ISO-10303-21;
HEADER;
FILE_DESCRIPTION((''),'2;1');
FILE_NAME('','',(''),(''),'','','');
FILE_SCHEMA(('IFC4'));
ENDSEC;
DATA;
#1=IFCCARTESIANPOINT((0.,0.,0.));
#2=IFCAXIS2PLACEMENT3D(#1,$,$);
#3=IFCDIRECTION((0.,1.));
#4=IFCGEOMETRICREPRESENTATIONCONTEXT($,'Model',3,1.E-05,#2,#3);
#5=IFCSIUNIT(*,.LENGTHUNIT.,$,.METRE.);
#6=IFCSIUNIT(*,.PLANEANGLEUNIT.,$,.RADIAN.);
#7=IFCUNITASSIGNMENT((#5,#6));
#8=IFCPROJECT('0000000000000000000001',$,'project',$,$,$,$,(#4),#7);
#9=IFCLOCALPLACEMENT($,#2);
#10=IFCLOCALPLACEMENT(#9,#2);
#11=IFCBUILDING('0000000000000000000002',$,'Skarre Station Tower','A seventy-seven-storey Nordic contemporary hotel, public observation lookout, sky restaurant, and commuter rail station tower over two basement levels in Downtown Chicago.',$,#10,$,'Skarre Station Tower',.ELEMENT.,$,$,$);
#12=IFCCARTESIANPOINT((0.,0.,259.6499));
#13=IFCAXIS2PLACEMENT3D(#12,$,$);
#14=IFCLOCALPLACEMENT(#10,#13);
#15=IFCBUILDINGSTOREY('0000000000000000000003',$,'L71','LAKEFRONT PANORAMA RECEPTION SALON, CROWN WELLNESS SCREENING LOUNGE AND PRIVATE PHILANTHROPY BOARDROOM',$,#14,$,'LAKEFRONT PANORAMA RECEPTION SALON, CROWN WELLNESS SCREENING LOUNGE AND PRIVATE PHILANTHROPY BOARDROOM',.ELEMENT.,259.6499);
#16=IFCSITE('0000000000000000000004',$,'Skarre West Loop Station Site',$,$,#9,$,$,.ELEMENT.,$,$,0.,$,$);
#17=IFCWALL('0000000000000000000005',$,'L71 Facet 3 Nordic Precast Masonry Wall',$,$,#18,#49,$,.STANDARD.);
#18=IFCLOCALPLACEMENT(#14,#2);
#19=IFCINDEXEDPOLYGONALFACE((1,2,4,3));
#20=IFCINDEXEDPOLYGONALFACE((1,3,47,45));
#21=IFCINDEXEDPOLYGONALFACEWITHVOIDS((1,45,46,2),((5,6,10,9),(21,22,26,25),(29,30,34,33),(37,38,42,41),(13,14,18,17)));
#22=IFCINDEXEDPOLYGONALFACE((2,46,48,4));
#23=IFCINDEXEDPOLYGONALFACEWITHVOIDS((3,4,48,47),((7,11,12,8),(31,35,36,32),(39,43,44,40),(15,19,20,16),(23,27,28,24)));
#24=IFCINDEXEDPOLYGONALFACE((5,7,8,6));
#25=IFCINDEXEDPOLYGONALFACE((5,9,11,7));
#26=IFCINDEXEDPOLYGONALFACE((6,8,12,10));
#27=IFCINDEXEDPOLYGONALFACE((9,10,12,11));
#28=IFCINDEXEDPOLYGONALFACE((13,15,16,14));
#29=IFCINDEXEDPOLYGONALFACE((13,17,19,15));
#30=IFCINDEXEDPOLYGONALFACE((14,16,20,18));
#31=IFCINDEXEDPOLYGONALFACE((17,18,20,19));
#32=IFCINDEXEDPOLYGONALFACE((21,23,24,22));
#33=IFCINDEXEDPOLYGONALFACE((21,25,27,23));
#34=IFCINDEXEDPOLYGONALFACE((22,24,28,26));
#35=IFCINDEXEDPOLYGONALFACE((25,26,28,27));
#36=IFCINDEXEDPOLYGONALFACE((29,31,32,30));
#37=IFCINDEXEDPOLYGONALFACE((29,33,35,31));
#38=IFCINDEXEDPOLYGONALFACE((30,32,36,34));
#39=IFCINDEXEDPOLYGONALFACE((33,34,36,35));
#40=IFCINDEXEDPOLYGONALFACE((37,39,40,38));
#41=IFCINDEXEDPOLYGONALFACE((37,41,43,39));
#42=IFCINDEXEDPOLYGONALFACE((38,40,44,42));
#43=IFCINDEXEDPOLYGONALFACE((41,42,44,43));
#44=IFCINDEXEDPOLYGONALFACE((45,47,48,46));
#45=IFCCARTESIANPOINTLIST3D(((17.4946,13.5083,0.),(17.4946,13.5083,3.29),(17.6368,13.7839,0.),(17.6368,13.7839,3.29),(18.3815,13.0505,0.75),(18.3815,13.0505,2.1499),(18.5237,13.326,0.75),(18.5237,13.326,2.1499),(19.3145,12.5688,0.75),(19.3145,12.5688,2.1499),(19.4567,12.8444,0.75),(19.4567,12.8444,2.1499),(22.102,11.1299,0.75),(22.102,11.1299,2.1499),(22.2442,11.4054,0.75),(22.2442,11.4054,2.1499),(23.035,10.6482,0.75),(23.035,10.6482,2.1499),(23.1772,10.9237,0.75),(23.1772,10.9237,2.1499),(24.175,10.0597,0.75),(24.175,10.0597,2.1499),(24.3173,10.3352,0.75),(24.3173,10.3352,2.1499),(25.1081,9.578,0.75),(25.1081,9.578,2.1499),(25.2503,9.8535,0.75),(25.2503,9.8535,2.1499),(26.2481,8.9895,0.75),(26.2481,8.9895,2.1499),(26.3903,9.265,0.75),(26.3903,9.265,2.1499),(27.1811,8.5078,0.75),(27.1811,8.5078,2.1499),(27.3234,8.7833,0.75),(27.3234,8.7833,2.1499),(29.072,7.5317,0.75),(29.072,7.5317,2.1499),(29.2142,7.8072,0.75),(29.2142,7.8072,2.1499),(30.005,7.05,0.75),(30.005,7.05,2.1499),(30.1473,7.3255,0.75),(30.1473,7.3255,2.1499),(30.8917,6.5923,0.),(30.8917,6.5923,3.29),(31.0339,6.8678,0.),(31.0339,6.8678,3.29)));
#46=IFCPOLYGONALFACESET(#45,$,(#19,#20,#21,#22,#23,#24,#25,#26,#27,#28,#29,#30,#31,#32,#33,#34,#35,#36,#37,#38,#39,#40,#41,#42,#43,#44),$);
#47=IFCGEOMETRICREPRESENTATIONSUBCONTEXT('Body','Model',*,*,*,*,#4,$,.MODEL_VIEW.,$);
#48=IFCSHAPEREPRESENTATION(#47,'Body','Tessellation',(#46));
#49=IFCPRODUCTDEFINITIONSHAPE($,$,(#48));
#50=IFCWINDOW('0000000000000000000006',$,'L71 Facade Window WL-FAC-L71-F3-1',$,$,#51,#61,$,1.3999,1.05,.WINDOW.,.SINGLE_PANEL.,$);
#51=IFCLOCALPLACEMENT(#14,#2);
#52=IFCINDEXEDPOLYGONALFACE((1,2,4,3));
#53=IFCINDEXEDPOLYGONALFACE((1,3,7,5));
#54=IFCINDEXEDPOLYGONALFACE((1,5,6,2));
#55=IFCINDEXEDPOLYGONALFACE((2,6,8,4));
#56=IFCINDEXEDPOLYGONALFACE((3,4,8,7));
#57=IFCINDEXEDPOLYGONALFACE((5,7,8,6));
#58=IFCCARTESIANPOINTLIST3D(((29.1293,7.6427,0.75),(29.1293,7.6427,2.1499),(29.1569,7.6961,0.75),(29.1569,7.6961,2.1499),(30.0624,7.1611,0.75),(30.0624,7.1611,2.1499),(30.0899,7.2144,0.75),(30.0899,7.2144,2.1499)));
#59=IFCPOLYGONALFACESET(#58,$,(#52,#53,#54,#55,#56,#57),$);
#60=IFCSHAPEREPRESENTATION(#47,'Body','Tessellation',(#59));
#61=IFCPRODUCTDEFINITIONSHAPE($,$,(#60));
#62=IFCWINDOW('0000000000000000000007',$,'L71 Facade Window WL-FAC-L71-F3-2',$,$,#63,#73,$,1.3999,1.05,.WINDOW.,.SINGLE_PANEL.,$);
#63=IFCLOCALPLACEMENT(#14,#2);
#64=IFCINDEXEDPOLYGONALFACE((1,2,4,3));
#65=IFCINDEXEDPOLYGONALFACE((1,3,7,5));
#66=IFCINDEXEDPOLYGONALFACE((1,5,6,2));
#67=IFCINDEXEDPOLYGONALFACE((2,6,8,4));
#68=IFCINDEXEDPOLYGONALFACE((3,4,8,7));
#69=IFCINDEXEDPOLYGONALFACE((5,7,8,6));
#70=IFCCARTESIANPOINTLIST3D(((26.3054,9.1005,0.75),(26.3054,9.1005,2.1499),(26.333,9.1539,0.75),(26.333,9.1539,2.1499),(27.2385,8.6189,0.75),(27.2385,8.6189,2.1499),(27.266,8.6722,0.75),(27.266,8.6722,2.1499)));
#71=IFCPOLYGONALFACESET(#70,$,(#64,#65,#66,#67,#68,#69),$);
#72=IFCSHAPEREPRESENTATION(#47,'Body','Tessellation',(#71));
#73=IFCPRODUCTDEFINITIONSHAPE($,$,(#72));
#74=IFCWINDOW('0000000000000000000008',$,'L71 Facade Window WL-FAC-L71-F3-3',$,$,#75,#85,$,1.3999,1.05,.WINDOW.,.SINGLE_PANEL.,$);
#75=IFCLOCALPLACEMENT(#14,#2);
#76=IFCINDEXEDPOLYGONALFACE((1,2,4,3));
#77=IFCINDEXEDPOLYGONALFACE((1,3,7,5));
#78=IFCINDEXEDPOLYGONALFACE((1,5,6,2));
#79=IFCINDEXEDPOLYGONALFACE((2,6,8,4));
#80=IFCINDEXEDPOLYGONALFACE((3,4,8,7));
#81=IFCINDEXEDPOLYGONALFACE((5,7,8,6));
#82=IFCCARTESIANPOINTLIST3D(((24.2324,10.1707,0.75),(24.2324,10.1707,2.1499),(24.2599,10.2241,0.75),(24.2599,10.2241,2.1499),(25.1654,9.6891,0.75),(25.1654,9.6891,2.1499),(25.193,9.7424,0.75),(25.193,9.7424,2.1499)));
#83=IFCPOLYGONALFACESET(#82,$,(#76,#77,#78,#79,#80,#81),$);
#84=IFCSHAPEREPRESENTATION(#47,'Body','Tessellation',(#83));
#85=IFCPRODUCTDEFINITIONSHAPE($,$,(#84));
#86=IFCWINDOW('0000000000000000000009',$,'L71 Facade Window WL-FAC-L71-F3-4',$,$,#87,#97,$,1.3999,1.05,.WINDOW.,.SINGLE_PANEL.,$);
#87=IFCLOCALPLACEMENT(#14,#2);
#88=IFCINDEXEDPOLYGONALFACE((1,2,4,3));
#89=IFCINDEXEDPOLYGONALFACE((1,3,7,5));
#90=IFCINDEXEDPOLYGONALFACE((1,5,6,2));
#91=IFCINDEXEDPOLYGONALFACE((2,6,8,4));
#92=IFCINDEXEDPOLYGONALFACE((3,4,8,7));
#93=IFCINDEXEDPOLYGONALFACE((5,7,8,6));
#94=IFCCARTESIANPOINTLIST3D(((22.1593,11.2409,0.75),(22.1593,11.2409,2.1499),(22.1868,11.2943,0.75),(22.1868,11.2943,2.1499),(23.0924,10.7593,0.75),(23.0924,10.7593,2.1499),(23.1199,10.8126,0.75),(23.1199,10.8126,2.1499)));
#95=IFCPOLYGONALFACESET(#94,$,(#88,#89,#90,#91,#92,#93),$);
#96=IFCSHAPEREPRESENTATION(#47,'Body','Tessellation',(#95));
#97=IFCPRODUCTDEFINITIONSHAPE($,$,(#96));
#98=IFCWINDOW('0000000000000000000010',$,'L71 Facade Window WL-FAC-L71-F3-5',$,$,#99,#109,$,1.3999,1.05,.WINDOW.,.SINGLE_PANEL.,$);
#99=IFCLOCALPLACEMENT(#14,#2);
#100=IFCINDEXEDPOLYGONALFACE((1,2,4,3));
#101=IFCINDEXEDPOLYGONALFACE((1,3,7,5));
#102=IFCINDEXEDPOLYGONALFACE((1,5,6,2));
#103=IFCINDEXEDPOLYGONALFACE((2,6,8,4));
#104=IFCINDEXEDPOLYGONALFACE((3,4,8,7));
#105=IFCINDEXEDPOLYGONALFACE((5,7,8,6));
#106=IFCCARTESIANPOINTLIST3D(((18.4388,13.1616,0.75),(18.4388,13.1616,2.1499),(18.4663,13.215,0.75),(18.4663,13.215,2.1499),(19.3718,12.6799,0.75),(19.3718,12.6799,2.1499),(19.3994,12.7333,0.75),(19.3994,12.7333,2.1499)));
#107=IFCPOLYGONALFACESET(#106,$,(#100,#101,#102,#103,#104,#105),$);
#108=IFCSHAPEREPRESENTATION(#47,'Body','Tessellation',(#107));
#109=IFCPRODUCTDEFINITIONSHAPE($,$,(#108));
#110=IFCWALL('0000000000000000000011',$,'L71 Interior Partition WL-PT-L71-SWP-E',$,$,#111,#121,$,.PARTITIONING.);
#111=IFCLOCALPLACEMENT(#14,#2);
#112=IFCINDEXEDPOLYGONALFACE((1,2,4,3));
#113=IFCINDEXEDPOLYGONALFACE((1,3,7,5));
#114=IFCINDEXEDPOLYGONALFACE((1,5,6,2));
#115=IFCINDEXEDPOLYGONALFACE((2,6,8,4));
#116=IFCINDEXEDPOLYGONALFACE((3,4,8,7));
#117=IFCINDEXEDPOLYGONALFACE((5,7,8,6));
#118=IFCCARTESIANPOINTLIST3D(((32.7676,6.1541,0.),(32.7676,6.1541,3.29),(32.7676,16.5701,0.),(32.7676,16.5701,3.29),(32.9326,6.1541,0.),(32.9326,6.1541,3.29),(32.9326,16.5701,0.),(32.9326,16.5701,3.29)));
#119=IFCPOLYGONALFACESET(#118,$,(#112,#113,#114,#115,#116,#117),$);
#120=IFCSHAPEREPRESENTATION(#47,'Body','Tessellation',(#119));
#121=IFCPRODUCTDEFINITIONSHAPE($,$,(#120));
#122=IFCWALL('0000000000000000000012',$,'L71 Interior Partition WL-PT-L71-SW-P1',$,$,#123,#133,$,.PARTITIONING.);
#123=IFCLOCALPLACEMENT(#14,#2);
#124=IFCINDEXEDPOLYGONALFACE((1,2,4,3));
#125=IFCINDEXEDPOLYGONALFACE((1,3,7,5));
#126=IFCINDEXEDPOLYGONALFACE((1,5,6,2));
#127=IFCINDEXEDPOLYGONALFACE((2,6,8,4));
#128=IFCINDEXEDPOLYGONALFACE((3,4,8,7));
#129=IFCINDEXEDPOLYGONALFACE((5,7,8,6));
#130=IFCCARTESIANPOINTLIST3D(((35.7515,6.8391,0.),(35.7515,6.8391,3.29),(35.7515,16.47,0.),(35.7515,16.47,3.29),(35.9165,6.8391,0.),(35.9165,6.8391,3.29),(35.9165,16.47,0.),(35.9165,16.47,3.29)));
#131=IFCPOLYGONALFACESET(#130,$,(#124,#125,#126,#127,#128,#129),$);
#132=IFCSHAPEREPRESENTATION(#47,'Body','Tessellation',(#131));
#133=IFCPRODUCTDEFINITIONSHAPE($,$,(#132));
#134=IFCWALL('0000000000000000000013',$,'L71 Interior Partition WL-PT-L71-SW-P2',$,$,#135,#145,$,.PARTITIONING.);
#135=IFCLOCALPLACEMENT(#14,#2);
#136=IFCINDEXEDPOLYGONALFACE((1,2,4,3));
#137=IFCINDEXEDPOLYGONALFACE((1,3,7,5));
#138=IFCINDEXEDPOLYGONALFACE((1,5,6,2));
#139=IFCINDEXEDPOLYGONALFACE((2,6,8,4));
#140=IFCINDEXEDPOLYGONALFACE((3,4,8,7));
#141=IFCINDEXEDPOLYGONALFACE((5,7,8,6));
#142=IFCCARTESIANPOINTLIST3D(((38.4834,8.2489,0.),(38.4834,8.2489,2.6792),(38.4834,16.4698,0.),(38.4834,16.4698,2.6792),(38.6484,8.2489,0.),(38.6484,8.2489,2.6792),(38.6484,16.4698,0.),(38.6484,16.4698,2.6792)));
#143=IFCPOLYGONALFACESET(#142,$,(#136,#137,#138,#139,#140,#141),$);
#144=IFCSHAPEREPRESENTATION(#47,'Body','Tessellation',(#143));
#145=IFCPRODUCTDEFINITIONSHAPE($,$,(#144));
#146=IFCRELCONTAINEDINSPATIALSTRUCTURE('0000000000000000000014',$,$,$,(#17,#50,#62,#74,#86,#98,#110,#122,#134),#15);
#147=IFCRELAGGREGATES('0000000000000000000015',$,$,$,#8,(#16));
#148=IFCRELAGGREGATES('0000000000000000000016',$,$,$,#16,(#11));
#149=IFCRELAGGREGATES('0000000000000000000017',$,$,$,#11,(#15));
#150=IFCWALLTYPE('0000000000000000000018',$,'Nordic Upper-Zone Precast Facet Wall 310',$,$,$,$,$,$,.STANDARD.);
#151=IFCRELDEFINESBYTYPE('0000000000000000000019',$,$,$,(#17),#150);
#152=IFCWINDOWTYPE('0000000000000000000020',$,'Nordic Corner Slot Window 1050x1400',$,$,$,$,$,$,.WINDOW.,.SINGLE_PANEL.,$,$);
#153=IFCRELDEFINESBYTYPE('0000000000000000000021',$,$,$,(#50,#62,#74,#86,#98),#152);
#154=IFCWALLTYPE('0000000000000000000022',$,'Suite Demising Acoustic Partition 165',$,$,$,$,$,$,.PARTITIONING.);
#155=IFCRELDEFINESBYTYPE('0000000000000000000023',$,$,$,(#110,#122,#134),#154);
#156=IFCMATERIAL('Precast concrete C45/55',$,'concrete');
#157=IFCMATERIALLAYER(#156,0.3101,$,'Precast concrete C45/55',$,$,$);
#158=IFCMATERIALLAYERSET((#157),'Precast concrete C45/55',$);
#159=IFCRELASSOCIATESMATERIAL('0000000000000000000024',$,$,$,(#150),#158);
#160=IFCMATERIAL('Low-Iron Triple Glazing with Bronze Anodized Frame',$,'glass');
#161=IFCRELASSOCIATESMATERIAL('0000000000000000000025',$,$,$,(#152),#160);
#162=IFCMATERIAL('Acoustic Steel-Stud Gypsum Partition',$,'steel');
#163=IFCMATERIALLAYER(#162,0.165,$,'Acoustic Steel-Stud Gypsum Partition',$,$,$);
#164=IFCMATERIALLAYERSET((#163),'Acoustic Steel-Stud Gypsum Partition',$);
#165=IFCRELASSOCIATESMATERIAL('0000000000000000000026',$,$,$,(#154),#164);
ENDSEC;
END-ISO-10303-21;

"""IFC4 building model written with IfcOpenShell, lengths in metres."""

from ifc_helpers import new_model, si_unit, direction, frame, frame_2d, origin, place, context, subcontext, project, spatial, rectangle, extrude, material, layer, layer_set, type_object, element, fill, save


model = new_model("IFC4")

# Units and contexts
model_context = context("Model", 3, precision=1e-05, world=origin(), true_north=direction((0.0, 1.0)))
body_context = subcontext(model_context, "Body", "Model", "MODEL_VIEW")
ifc_project = project(units=[si_unit("LENGTHUNIT", "METRE"), si_unit("PLANEANGLEUNIT", "RADIAN")], contexts=[model_context])

# Site, building, storey
site_placement = place(None, origin())
site = spatial("IfcSite", under=ifc_project, at=site_placement, Name="Skarre West Loop Station Site", CompositionType="ELEMENT", RefElevation=0.0)
building_placement = place(site_placement, origin())
building = spatial("IfcBuilding", under=site, at=building_placement, Name="Skarre Station Tower", Description="A seventy-seven-storey Nordic contemporary hotel, public observation lookout, sky restaurant, and commuter rail station tower over two basement levels in Downtown Chicago.", LongName="Skarre Station Tower", CompositionType="ELEMENT")
storey_placement = place(building_placement, frame((0.0, 0.0, 259.6499)))
storey = spatial("IfcBuildingStorey", under=building, at=storey_placement, Name="L71", Description="LAKEFRONT PANORAMA RECEPTION SALON, CROWN WELLNESS SCREENING LOUNGE AND PRIVATE PHILANTHROPY BOARDROOM", LongName="LAKEFRONT PANORAMA RECEPTION SALON, CROWN WELLNESS SCREENING LOUNGE AND PRIVATE PHILANTHROPY BOARDROOM", CompositionType="ELEMENT", Elevation=259.6499)

# Shared definitions
ifc_material_1 = material(Name="Precast concrete C45/55", Category="concrete")

# Wall, openings, windows
ifc_layer_1 = layer(ifc_material_1, 0.3101, Name="Precast concrete C45/55")
ifc_layer_set_1 = layer_set([ifc_layer_1], Name="Precast concrete C45/55")
wall_type_1 = type_object("IfcWallType", Name="Nordic Upper-Zone Precast Facet Wall 310", PredefinedType="STANDARD", material=ifc_layer_set_1)
wall_1_placement = place(storey_placement, frame((30.9629, 6.73, 0.0), z_axis=(0.0, 0.0, 1.0), x_axis=(-0.888581, 0.458719, 0.0)))
wall_1 = element("IfcWall", 1, at=wall_1_placement, inside=storey, type_object=wall_type_1, Name="L71 Facet 3 Nordic Precast Masonry Wall", PredefinedType="STANDARD", context=body_context, shape_type="SweptSolid", body=[
    extrude(rectangle(XDim=15.0769, YDim=0.3101, at=frame_2d((7.5386, 0.0))), origin(), (0.0, 0.0, 1.0), 3.29),
])
opening_1_placement = place(wall_1_placement, frame((0.998, 0.0, 0.75)))
opening_1 = element("IfcOpeningElement", 2, at=opening_1_placement, cuts=wall_1, PredefinedType="OPENING", context=body_context, shape_type="SweptSolid", body=[
    extrude(rectangle(XDim=1.05, YDim=1.3999, at=frame_2d((0.5249, 0.7))), frame((0.0, 0.165, 0.0), z_axis=(0.0, -1.0, 0.0), x_axis=(1.0, 0.0, 0.0)), (0.0, 0.0, 1.0), 0.3301),
])
opening_2_placement = place(wall_1_placement, frame((4.176, 0.0, 0.75)))
opening_2 = element("IfcOpeningElement", 3, at=opening_2_placement, cuts=wall_1, PredefinedType="OPENING", context=body_context, shape_type="SweptSolid", body=[
    extrude(rectangle(XDim=1.05, YDim=1.3999, at=frame_2d((0.5249, 0.7))), frame((0.0, 0.165, 0.0), z_axis=(0.0, -1.0, 0.0), x_axis=(1.0, 0.0, 0.0)), (0.0, 0.0, 1.0), 0.3301),
])
opening_3_placement = place(wall_1_placement, frame((6.509, 0.0, 0.75)))
opening_3 = element("IfcOpeningElement", 4, at=opening_3_placement, cuts=wall_1, PredefinedType="OPENING", context=body_context, shape_type="SweptSolid", body=[
    extrude(rectangle(XDim=1.05, YDim=1.3999, at=frame_2d((0.5249, 0.7))), frame((0.0, 0.165, 0.0), z_axis=(0.0, -1.0, 0.0), x_axis=(1.0, 0.0, 0.0)), (0.0, 0.0, 1.0), 0.3301),
])
opening_4_placement = place(wall_1_placement, frame((8.842, 0.0, 0.75)))
opening_4 = element("IfcOpeningElement", 5, at=opening_4_placement, cuts=wall_1, PredefinedType="OPENING", context=body_context, shape_type="SweptSolid", body=[
    extrude(rectangle(XDim=1.05, YDim=1.3999, at=frame_2d((0.5249, 0.7))), frame((0.0, 0.165, 0.0), z_axis=(0.0, -1.0, 0.0), x_axis=(1.0, 0.0, 0.0)), (0.0, 0.0, 1.0), 0.3301),
])
opening_5_placement = place(wall_1_placement, frame((13.0291, 0.0, 0.75)))
opening_5 = element("IfcOpeningElement", 6, at=opening_5_placement, cuts=wall_1, PredefinedType="OPENING", context=body_context, shape_type="SweptSolid", body=[
    extrude(rectangle(XDim=1.05, YDim=1.3999, at=frame_2d((0.5249, 0.7))), frame((0.0, 0.165, 0.0), z_axis=(0.0, -1.0, 0.0), x_axis=(1.0, 0.0, 0.0)), (0.0, 0.0, 1.0), 0.3301),
])
ifc_material_2 = material(Name="Low-Iron Triple Glazing with Bronze Anodized Frame", Category="glass")
window_type = type_object("IfcWindowType", Name="Nordic Corner Slot Window 1050x1400", PartitioningType="SINGLE_PANEL", PredefinedType="WINDOW", material=ifc_material_2)
window_1_placement = place(opening_1_placement, origin())
window_1 = element("IfcWindow", 7, at=window_1_placement, inside=storey, type_object=window_type, Name="L71 Facade Window WL-FAC-L71-F3-1", OverallHeight=1.3999, OverallWidth=1.05, PartitioningType="SINGLE_PANEL", PredefinedType="WINDOW", context=body_context, shape_type="SweptSolid", body=[
    extrude(rectangle(XDim=1.05, YDim=1.3999, at=frame_2d((0.5249, 0.7))), frame((0.0, 0.03, 0.0), z_axis=(0.0, -1.0, 0.0), x_axis=(1.0, 0.0, 0.0)), (0.0, 0.0, 1.0), 0.0601),
])
fill(opening_1, window_1)
window_2_placement = place(opening_2_placement, origin())
window_2 = element("IfcWindow", 8, at=window_2_placement, inside=storey, type_object=window_type, Name="L71 Facade Window WL-FAC-L71-F3-2", OverallHeight=1.3999, OverallWidth=1.05, PartitioningType="SINGLE_PANEL", PredefinedType="WINDOW", context=body_context, shape_type="SweptSolid", body=[
    extrude(rectangle(XDim=1.05, YDim=1.3999, at=frame_2d((0.5249, 0.7))), frame((0.0, 0.03, 0.0), z_axis=(0.0, -1.0, 0.0), x_axis=(1.0, 0.0, 0.0)), (0.0, 0.0, 1.0), 0.0601),
])
fill(opening_2, window_2)
window_3_placement = place(opening_3_placement, origin())
window_3 = element("IfcWindow", 9, at=window_3_placement, inside=storey, type_object=window_type, Name="L71 Facade Window WL-FAC-L71-F3-3", OverallHeight=1.3999, OverallWidth=1.05, PartitioningType="SINGLE_PANEL", PredefinedType="WINDOW", context=body_context, shape_type="SweptSolid", body=[
    extrude(rectangle(XDim=1.05, YDim=1.3999, at=frame_2d((0.5249, 0.7))), frame((0.0, 0.03, 0.0), z_axis=(0.0, -1.0, 0.0), x_axis=(1.0, 0.0, 0.0)), (0.0, 0.0, 1.0), 0.0601),
])
fill(opening_3, window_3)
window_4_placement = place(opening_4_placement, origin())
window_4 = element("IfcWindow", 10, at=window_4_placement, inside=storey, type_object=window_type, Name="L71 Facade Window WL-FAC-L71-F3-4", OverallHeight=1.3999, OverallWidth=1.05, PartitioningType="SINGLE_PANEL", PredefinedType="WINDOW", context=body_context, shape_type="SweptSolid", body=[
    extrude(rectangle(XDim=1.05, YDim=1.3999, at=frame_2d((0.5249, 0.7))), frame((0.0, 0.03, 0.0), z_axis=(0.0, -1.0, 0.0), x_axis=(1.0, 0.0, 0.0)), (0.0, 0.0, 1.0), 0.0601),
])
fill(opening_4, window_4)
window_5_placement = place(opening_5_placement, origin())
window_5 = element("IfcWindow", 11, at=window_5_placement, inside=storey, type_object=window_type, Name="L71 Facade Window WL-FAC-L71-F3-5", OverallHeight=1.3999, OverallWidth=1.05, PartitioningType="SINGLE_PANEL", PredefinedType="WINDOW", context=body_context, shape_type="SweptSolid", body=[
    extrude(rectangle(XDim=1.05, YDim=1.3999, at=frame_2d((0.5249, 0.7))), frame((0.0, 0.03, 0.0), z_axis=(0.0, -1.0, 0.0), x_axis=(1.0, 0.0, 0.0)), (0.0, 0.0, 1.0), 0.0601),
])
fill(opening_5, window_5)

# Walls
ifc_material_3 = material(Name="Acoustic Steel-Stud Gypsum Partition", Category="steel")
ifc_layer_2 = layer(ifc_material_3, 0.165, Name="Acoustic Steel-Stud Gypsum Partition")
ifc_layer_set_2 = layer_set([ifc_layer_2], Name="Acoustic Steel-Stud Gypsum Partition")
wall_type_2 = type_object("IfcWallType", Name="Suite Demising Acoustic Partition 165", PredefinedType="PARTITIONING", material=ifc_layer_set_2)
wall_2_placement = place(storey_placement, frame((32.8501, 6.1541, 0.0), z_axis=(0.0, 0.0, 1.0), x_axis=(0.0, 1.0, 0.0)))
element("IfcWall", 12, at=wall_2_placement, inside=storey, type_object=wall_type_2, Name="L71 Interior Partition WL-PT-L71-SWP-E", PredefinedType="PARTITIONING", context=body_context, shape_type="SweptSolid", body=[
    extrude(rectangle(XDim=10.416, YDim=0.165, at=frame_2d((5.208, 0.0))), origin(), (0.0, 0.0, 1.0), 3.29),
])
wall_3_placement = place(storey_placement, frame((35.834, 6.8391, 0.0), z_axis=(0.0, 0.0, 1.0), x_axis=(0.0, 1.0, 0.0)))
element("IfcWall", 13, at=wall_3_placement, inside=storey, type_object=wall_type_2, Name="L71 Interior Partition WL-PT-L71-SW-P1", PredefinedType="PARTITIONING", context=body_context, shape_type="SweptSolid", body=[
    extrude(rectangle(XDim=9.6309, YDim=0.165, at=frame_2d((4.8154, 0.0))), origin(), (0.0, 0.0, 1.0), 3.29),
])
wall_4_placement = place(storey_placement, frame((38.5659, 8.249, 0.0), z_axis=(0.0, 0.0, 1.0), x_axis=(0.0, 1.0, 0.0)))
element("IfcWall", 14, at=wall_4_placement, inside=storey, type_object=wall_type_2, Name="L71 Interior Partition WL-PT-L71-SW-P2", PredefinedType="PARTITIONING", context=body_context, shape_type="SweptSolid", body=[
    extrude(rectangle(XDim=8.2209, YDim=0.165, at=frame_2d((4.1104, 0.0))), origin(), (0.0, 0.0, 1.0), 2.6792),
])

save(model, "model.ifc")
